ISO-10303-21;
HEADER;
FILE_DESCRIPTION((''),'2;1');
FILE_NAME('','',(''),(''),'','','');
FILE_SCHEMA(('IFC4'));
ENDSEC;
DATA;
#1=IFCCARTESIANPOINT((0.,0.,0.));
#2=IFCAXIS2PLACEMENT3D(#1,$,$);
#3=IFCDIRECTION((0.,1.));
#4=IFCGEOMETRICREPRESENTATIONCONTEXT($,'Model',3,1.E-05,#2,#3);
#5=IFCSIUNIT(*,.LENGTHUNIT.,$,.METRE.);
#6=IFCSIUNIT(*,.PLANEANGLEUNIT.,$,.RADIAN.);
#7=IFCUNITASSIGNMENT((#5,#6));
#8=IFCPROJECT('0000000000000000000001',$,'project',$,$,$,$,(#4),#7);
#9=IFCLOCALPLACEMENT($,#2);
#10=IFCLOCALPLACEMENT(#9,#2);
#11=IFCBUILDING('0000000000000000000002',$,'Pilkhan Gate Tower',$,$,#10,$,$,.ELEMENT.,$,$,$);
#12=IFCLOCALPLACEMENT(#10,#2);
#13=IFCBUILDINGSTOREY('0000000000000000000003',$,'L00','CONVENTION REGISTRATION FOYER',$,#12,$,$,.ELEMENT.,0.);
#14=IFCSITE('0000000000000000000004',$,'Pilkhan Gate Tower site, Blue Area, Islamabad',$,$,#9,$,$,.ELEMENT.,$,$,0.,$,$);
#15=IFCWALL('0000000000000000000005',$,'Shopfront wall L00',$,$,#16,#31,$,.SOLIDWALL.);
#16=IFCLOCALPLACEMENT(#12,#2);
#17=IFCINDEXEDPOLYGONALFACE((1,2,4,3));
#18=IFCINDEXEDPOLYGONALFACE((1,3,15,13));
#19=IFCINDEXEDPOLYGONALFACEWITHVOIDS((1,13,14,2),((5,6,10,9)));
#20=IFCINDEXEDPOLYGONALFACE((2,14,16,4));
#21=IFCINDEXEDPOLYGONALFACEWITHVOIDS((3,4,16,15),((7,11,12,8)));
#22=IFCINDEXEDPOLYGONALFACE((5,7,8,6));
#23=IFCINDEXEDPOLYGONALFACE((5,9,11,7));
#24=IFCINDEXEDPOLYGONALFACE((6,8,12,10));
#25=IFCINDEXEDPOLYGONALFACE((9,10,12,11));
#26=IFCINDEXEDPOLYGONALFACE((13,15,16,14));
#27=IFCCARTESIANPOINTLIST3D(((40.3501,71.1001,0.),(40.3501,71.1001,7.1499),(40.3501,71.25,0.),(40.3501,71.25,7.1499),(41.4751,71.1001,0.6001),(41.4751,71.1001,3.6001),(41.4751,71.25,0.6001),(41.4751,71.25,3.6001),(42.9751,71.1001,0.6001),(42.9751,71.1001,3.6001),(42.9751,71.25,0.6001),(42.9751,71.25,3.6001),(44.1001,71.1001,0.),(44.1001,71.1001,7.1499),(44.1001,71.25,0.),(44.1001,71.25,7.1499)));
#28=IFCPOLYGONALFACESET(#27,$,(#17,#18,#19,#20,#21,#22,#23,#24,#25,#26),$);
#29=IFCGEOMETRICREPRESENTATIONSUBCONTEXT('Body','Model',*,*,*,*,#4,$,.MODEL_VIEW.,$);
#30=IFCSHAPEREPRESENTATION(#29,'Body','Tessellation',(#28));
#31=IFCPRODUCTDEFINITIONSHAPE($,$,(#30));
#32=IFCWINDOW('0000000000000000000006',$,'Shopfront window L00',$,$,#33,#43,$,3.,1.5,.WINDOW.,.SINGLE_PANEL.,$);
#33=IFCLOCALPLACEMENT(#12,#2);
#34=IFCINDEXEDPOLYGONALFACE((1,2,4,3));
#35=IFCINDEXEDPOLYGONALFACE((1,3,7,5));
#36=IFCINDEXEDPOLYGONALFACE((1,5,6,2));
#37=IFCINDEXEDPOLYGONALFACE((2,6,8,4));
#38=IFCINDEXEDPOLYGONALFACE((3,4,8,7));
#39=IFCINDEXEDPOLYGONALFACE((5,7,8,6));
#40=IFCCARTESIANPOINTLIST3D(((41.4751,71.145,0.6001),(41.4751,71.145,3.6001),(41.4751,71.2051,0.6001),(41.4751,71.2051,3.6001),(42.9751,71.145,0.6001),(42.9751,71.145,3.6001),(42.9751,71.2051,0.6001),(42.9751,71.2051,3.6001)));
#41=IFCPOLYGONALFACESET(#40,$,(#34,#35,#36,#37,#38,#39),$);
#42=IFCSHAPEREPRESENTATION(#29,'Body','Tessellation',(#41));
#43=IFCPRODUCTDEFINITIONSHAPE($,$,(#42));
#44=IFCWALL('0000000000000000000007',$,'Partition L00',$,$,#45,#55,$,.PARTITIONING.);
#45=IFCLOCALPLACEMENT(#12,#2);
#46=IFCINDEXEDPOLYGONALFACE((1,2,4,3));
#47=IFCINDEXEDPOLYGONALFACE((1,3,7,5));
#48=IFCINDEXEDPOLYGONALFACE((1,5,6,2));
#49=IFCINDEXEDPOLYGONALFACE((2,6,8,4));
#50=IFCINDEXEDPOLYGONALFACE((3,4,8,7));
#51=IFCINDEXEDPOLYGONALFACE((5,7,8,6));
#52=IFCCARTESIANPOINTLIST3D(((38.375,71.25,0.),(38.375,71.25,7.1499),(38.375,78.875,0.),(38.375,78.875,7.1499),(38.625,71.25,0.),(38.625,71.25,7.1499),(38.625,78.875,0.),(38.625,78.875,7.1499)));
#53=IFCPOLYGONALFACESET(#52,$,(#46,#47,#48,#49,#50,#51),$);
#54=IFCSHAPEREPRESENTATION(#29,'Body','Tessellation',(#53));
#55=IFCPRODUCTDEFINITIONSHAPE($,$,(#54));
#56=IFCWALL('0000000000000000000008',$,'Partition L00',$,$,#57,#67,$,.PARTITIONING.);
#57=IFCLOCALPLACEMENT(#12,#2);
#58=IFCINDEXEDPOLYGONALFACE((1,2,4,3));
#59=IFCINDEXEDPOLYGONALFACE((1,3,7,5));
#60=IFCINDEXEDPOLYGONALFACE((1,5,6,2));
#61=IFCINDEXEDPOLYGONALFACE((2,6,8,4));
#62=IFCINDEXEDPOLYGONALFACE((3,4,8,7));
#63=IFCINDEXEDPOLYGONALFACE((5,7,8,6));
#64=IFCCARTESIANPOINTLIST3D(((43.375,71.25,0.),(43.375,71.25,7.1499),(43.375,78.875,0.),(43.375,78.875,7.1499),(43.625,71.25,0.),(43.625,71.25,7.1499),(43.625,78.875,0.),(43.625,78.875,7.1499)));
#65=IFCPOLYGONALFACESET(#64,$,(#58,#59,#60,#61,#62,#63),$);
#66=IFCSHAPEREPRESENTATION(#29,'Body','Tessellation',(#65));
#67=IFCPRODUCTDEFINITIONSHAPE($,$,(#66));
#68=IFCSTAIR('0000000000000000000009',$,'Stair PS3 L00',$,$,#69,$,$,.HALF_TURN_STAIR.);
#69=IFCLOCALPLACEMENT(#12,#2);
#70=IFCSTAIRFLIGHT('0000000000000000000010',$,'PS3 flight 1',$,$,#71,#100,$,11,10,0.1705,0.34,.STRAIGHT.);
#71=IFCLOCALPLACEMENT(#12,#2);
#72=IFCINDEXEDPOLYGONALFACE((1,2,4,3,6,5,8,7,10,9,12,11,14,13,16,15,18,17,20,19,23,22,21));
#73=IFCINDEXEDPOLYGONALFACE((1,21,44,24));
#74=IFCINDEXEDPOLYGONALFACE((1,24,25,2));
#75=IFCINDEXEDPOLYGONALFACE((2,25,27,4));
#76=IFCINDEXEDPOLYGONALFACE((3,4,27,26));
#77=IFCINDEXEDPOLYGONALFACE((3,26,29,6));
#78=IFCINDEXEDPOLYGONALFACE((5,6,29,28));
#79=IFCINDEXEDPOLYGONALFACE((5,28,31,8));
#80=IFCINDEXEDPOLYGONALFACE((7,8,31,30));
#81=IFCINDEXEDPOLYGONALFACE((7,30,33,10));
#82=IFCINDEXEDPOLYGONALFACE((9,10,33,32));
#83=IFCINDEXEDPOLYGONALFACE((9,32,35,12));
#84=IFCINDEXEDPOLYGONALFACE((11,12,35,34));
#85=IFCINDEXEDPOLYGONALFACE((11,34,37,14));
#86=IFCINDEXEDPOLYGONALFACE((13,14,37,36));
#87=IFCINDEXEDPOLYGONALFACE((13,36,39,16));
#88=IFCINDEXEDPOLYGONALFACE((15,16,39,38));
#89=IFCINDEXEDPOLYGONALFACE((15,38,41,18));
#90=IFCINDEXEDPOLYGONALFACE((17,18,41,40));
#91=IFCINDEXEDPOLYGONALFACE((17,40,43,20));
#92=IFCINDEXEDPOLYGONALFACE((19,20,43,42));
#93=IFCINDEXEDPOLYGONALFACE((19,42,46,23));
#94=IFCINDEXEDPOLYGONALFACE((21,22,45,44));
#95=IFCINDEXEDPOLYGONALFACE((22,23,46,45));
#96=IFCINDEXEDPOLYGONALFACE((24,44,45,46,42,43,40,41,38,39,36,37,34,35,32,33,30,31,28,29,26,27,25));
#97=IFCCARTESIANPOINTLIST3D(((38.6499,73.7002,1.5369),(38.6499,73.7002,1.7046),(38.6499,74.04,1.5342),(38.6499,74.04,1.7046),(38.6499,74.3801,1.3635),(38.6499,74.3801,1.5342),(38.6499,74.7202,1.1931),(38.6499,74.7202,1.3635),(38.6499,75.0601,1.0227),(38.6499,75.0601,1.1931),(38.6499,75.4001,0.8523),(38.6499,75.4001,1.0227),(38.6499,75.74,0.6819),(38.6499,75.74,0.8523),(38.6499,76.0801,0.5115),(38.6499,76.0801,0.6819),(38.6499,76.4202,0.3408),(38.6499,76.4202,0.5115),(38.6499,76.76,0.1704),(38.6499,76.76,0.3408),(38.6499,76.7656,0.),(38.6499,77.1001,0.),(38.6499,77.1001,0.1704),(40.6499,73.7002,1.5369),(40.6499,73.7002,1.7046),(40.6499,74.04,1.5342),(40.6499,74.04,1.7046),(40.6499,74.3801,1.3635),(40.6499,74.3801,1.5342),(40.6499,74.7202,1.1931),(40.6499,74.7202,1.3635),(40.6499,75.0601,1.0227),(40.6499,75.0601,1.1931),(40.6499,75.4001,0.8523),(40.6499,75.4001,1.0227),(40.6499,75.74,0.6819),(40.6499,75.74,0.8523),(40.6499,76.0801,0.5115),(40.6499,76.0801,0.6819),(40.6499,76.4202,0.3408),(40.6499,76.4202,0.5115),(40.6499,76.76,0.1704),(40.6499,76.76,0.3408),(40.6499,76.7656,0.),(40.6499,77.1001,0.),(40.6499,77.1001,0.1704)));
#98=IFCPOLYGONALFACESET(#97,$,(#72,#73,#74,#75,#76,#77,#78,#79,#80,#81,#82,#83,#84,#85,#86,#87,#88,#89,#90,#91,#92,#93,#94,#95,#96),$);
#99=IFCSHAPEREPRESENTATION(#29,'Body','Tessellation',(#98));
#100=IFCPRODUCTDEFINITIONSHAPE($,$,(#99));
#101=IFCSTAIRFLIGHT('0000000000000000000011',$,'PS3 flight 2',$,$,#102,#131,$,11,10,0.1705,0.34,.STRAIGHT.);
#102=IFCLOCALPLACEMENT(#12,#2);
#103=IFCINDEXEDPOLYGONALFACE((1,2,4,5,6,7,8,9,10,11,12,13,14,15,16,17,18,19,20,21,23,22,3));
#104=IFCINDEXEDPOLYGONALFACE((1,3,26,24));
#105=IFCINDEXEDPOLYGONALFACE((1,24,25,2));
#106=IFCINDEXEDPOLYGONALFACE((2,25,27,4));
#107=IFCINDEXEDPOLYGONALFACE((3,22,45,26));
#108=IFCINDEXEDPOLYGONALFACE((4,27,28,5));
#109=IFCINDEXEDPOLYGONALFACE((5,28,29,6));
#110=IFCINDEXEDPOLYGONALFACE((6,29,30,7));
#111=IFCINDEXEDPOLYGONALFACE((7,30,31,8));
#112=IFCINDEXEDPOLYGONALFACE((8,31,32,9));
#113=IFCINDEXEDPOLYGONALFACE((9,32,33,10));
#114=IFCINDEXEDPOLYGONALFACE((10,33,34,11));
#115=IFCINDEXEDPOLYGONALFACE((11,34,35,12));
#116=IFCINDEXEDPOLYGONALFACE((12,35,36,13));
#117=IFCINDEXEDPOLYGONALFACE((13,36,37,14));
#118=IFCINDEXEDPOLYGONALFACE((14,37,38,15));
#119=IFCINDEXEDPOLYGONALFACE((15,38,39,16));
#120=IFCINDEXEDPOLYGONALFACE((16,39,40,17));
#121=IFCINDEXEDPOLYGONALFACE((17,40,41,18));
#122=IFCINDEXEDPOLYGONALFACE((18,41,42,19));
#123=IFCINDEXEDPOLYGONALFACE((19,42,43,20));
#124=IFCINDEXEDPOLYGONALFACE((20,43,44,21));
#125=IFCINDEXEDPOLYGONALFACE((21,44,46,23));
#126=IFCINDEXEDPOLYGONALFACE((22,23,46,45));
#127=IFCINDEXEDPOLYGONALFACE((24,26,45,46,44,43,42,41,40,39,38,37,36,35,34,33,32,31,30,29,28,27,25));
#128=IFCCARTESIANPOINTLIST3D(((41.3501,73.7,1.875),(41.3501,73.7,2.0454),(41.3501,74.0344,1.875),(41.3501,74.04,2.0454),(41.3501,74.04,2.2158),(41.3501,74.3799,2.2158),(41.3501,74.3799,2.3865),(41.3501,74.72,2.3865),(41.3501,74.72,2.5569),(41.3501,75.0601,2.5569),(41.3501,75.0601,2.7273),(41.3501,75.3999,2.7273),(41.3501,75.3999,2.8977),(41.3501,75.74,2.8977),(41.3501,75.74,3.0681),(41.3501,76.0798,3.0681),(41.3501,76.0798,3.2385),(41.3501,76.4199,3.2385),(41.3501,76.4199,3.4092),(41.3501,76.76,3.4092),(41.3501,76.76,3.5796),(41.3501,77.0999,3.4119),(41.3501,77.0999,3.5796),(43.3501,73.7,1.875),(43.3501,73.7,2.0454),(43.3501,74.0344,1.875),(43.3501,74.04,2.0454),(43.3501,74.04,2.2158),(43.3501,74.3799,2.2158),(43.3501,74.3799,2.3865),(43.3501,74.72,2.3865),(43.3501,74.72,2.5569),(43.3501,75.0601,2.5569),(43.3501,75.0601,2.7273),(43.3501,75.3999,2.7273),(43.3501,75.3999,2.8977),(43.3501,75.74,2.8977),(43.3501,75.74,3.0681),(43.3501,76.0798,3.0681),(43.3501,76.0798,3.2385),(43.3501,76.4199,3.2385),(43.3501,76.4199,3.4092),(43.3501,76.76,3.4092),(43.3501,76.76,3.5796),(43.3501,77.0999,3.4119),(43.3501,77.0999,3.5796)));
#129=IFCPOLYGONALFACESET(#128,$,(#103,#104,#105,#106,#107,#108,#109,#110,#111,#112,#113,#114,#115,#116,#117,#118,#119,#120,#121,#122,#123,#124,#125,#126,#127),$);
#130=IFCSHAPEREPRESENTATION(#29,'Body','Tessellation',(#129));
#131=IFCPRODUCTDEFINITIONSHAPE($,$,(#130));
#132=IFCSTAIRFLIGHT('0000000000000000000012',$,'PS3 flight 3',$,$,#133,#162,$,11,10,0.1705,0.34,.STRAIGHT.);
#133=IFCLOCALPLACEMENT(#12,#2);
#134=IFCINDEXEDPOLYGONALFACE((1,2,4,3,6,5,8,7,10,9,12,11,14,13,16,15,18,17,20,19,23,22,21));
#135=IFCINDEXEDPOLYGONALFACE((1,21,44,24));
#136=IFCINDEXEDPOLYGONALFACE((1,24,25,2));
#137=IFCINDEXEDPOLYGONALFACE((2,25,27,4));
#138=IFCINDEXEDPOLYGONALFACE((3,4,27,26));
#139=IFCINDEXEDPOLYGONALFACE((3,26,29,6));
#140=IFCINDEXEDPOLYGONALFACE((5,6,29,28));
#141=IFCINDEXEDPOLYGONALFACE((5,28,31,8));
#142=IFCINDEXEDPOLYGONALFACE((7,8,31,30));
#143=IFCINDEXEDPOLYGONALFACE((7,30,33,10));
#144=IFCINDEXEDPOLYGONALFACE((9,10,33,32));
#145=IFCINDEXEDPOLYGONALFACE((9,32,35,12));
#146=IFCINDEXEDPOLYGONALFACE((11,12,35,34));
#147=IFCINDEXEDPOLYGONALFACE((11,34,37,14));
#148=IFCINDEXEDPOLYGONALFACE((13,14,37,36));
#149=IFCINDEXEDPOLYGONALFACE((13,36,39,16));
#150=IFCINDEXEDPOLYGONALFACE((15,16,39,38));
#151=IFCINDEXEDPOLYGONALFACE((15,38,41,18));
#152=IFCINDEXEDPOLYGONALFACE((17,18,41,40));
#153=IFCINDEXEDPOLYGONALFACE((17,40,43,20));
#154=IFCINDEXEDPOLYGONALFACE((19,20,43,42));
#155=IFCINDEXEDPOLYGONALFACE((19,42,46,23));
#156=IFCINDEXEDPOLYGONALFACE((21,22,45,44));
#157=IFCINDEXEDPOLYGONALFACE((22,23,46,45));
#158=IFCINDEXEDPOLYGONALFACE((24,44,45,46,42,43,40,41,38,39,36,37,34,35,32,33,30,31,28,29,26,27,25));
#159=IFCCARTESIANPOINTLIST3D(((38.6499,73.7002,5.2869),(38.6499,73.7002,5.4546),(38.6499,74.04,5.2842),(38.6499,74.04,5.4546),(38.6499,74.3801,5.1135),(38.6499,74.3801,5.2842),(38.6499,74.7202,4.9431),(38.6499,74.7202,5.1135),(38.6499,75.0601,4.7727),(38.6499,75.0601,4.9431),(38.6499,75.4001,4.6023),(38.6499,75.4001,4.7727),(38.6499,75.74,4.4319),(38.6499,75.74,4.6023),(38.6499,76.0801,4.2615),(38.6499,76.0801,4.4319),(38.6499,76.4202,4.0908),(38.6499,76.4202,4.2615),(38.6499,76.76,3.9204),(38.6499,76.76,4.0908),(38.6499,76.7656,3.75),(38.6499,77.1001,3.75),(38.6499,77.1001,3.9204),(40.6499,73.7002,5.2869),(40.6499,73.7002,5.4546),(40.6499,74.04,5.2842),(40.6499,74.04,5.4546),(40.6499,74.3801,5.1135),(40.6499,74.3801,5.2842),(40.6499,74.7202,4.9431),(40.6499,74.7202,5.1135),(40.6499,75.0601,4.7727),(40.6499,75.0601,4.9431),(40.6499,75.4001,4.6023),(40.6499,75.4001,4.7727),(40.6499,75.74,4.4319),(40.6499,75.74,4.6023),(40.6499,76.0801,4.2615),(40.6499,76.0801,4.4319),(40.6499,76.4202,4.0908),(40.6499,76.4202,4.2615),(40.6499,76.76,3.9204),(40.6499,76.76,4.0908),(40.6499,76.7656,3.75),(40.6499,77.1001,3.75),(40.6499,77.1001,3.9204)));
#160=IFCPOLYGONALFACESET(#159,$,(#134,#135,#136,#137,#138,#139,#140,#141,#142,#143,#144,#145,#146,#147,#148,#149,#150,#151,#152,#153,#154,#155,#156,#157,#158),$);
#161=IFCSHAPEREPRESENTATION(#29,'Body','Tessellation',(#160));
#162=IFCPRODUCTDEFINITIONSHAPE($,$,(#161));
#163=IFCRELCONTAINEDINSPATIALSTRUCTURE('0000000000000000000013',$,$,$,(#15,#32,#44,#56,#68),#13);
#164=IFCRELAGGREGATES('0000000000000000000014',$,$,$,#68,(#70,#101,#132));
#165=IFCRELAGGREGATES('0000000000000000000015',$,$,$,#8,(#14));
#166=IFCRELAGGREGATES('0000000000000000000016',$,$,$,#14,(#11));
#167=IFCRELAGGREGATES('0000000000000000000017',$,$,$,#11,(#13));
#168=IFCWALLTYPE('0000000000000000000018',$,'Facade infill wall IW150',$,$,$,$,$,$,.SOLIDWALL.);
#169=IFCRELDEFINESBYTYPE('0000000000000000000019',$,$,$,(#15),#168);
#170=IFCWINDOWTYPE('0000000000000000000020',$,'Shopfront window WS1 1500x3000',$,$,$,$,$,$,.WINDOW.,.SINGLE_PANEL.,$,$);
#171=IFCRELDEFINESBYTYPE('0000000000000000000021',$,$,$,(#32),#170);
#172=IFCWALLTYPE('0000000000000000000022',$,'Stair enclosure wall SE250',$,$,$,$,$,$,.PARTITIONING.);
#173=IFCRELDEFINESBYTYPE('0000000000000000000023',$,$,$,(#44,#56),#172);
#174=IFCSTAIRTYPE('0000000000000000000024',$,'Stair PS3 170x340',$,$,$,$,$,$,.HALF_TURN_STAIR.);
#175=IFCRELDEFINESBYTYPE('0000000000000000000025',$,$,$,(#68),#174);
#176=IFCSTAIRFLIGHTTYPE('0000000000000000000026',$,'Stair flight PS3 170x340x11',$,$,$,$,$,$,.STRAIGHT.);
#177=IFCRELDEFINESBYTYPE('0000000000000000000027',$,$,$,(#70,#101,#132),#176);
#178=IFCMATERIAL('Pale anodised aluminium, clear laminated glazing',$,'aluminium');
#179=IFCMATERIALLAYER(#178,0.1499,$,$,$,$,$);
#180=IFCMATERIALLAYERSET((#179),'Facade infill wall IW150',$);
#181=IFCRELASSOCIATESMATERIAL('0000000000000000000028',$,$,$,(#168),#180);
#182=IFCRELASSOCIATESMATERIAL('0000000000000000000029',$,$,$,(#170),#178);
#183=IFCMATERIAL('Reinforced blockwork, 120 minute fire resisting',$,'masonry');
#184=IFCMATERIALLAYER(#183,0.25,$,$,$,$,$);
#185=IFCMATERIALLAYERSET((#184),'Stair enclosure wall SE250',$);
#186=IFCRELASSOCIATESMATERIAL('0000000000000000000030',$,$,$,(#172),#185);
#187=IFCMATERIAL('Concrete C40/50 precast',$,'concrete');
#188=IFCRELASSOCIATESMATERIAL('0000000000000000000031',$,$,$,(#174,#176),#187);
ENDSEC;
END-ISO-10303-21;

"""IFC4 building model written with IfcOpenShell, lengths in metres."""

from ifc_helpers import new_model, si_unit, direction, frame, frame_2d, origin, place, context, subcontext, project, spatial, polyline, rectangle, outline, extrude, material, layer, layer_set, type_object, element, fill, aggregate, save


model = new_model("IFC4")

# Units and contexts
model_context = context("Model", 3, precision=1e-05, world=origin(), true_north=direction((0.0, 1.0)))
body_context = subcontext(model_context, "Body", "Model", "MODEL_VIEW")
ifc_project = project(units=[si_unit("LENGTHUNIT", "METRE"), si_unit("PLANEANGLEUNIT", "RADIAN")], contexts=[model_context])

# Site, building, storey
site_placement = place(None, origin())
site = spatial("IfcSite", under=ifc_project, at=site_placement, Name="Pilkhan Gate Tower site, Blue Area, Islamabad", CompositionType="ELEMENT", RefElevation=0.0)
building_placement = place(site_placement, origin())
building = spatial("IfcBuilding", under=site, at=building_placement, Name="Pilkhan Gate Tower", CompositionType="ELEMENT")
storey_placement = place(building_placement, origin())
storey = spatial("IfcBuildingStorey", under=building, at=storey_placement, Name="L00", Description="CONVENTION REGISTRATION FOYER", CompositionType="ELEMENT", Elevation=0.0)

# Wall, opening, window
ifc_material_1 = material(Name="Pale anodised aluminium, clear laminated glazing", Category="aluminium")
ifc_layer_1 = layer(ifc_material_1, 0.1499)
ifc_layer_set_1 = layer_set([ifc_layer_1], Name="Facade infill wall IW150")
wall_type_1 = type_object("IfcWallType", Name="Facade infill wall IW150", PredefinedType="SOLIDWALL", material=ifc_layer_set_1)
wall_1_placement = place(storey_placement, frame((44.1001, 71.175, 0.0), z_axis=(0.0, 0.0, 1.0), x_axis=(-1.0, 0.0, 0.0)))
wall_1 = element("IfcWall", 1, at=wall_1_placement, inside=storey, type_object=wall_type_1, Name="Shopfront wall L00", PredefinedType="SOLIDWALL", context=body_context, shape_type="SweptSolid", body=[
    extrude(rectangle(XDim=3.75, YDim=0.1499, at=frame_2d((1.875, 0.0))), origin(), (0.0, 0.0, 1.0), 7.1499),
])
opening_placement = place(wall_1_placement, frame((1.125, 0.0, 0.6001)))
opening = element("IfcOpeningElement", 2, at=opening_placement, cuts=wall_1, PredefinedType="OPENING", context=body_context, shape_type="SweptSolid", body=[
    extrude(rectangle(XDim=1.5, YDim=3.0, at=frame_2d((0.75, 1.5))), frame((0.0, 0.085, 0.0), z_axis=(0.0, -1.0, 0.0), x_axis=(1.0, 0.0, 0.0)), (0.0, 0.0, 1.0), 0.1699),
])
window_type = type_object("IfcWindowType", Name="Shopfront window WS1 1500x3000", PartitioningType="SINGLE_PANEL", PredefinedType="WINDOW", material=ifc_material_1)
window_placement = place(opening_placement, origin())
window = element("IfcWindow", 3, at=window_placement, inside=storey, type_object=window_type, Name="Shopfront window L00", OverallHeight=3.0, OverallWidth=1.5, PartitioningType="SINGLE_PANEL", PredefinedType="WINDOW", context=body_context, shape_type="SweptSolid", body=[
    extrude(rectangle(XDim=1.5, YDim=3.0, at=frame_2d((0.75, 1.5))), frame((0.0, 0.03, 0.0), z_axis=(0.0, -1.0, 0.0), x_axis=(1.0, 0.0, 0.0)), (0.0, 0.0, 1.0), 0.0601),
])
fill(opening, window)

# Walls
ifc_material_2 = material(Name="Reinforced blockwork, 120 minute fire resisting", Category="masonry")
ifc_layer_2 = layer(ifc_material_2, 0.25)
ifc_layer_set_2 = layer_set([ifc_layer_2], Name="Stair enclosure wall SE250")
wall_type_2 = type_object("IfcWallType", Name="Stair enclosure wall SE250", PredefinedType="PARTITIONING", material=ifc_layer_set_2)
for number, where, z_axis, x_axis, name in (
    (4, (38.5, 71.25, 0.0), (0.0, 0.0, 1.0), (0.0, 1.0, 0.0), "Partition L00"),
    (5, (43.5, 71.25, 0.0), (0.0, 0.0, 1.0), (0.0, 1.0, 0.0), "Partition L00"),
):
    element("IfcWall", number, at=place(storey_placement, frame(where, z_axis=z_axis, x_axis=x_axis)), inside=storey, type_object=wall_type_2, Name=name, PredefinedType="PARTITIONING", context=body_context, shape_type="SweptSolid", body=[
        extrude(rectangle(XDim=7.625, YDim=0.25, at=frame_2d((3.8125, 0.0))), origin(), (0.0, 0.0, 1.0), 7.1499),
    ])

# Stair, stair flights
ifc_material_3 = material(Name="Concrete C40/50 precast", Category="concrete")
stair_type = type_object("IfcStairType", Name="Stair PS3 170x340", PredefinedType="HALF_TURN_STAIR", material=ifc_material_3)
stair_placement = place(storey_placement, origin())
stair = element("IfcStair", 6, at=stair_placement, inside=storey, type_object=stair_type, Name="Stair PS3 L00", PredefinedType="HALF_TURN_STAIR")
stair_flight_type = type_object("IfcStairFlightType", Name="Stair flight PS3 170x340x11", PredefinedType="STRAIGHT", material=ifc_material_3)
stair_flight_1_placement = place(storey_placement, frame((39.6499, 77.1001, 0.0), z_axis=(0.0, 0.0, 1.0), x_axis=(0.0, -1.0, 0.0)))
stair_flight_1 = element("IfcStairFlight", 7, at=stair_flight_1_placement, type_object=stair_flight_type, Name="PS3 flight 1", NumberOfRisers=11, NumberOfTreads=10, PredefinedType="STRAIGHT", RiserHeight=0.1705, TreadLength=0.34, context=body_context, shape_type="SweptSolid", body=[
    extrude(outline(polyline([(0.0, 0.0), (0.0, 0.1704), (0.3401, 0.1704), (0.3401, 0.3408), (0.6799, 0.3408), (0.6799, 0.5115), (1.02, 0.5115), (1.02, 0.6819), (1.3601, 0.6819), (1.3601, 0.8523), (1.7, 0.8523), (1.7, 1.0227), (2.04, 1.0227), (2.04, 1.1931), (2.3799, 1.1931), (2.3799, 1.3635), (2.72, 1.3635), (2.72, 1.5342), (3.0601, 1.5342), (3.0601, 1.7046), (3.3999, 1.7046), (3.3999, 1.875), (3.3999, 1.5369), (0.3345, 0.0), (0.0, 0.0)])), frame((0.0, 1.0, 0.0), z_axis=(0.0, -1.0, 0.0), x_axis=(1.0, 0.0, 0.0)), (0.0, 0.0, 1.0), 2.0),
])
stair_flight_2_placement = place(storey_placement, frame((42.3501, 73.7, 1.875), z_axis=(0.0, 0.0, 1.0), x_axis=(0.0, 1.0, 0.0)))
stair_flight_2 = element("IfcStairFlight", 8, at=stair_flight_2_placement, type_object=stair_flight_type, Name="PS3 flight 2", NumberOfRisers=11, NumberOfTreads=10, PredefinedType="STRAIGHT", RiserHeight=0.1705, TreadLength=0.34, context=body_context, shape_type="SweptSolid", body=[
    extrude(outline(polyline([(0.0, 0.0), (0.0, 0.1704), (0.3401, 0.1704), (0.3401, 0.3408), (0.6799, 0.3408), (0.6799, 0.5115), (1.02, 0.5115), (1.02, 0.6819), (1.3601, 0.6819), (1.3601, 0.8523), (1.7, 0.8523), (1.7, 1.0227), (2.04, 1.0227), (2.04, 1.1931), (2.3799, 1.1931), (2.3799, 1.3635), (2.72, 1.3635), (2.72, 1.5342), (3.0601, 1.5342), (3.0601, 1.7046), (3.3999, 1.7046), (3.3999, 1.875), (3.3999, 1.5369), (0.3345, 0.0), (0.0, 0.0)])), frame((0.0, 1.0, 0.0), z_axis=(0.0, -1.0, 0.0), x_axis=(1.0, 0.0, 0.0)), (0.0, 0.0, 1.0), 2.0),
])
stair_flight_3_placement = place(storey_placement, frame((39.6499, 77.1001, 3.75), z_axis=(0.0, 0.0, 1.0), x_axis=(0.0, -1.0, 0.0)))
stair_flight_3 = element("IfcStairFlight", 9, at=stair_flight_3_placement, type_object=stair_flight_type, Name="PS3 flight 3", NumberOfRisers=11, NumberOfTreads=10, PredefinedType="STRAIGHT", RiserHeight=0.1705, TreadLength=0.34, context=body_context, shape_type="SweptSolid", body=[
    extrude(outline(polyline([(0.0, 0.0), (0.0, 0.1704), (0.3401, 0.1704), (0.3401, 0.3408), (0.6799, 0.3408), (0.6799, 0.5115), (1.02, 0.5115), (1.02, 0.6819), (1.3601, 0.6819), (1.3601, 0.8523), (1.7, 0.8523), (1.7, 1.0227), (2.04, 1.0227), (2.04, 1.1931), (2.3799, 1.1931), (2.3799, 1.3635), (2.72, 1.3635), (2.72, 1.5342), (3.0601, 1.5342), (3.0601, 1.7046), (3.3999, 1.7046), (3.3999, 1.875), (3.3999, 1.5369), (0.3345, 0.0), (0.0, 0.0)])), frame((0.0, 1.0, 0.0), z_axis=(0.0, -1.0, 0.0), x_axis=(1.0, 0.0, 0.0)), (0.0, 0.0, 1.0), 2.0),
])
aggregate(stair, [stair_flight_1, stair_flight_2, stair_flight_3])

save(model, "model.ifc")
